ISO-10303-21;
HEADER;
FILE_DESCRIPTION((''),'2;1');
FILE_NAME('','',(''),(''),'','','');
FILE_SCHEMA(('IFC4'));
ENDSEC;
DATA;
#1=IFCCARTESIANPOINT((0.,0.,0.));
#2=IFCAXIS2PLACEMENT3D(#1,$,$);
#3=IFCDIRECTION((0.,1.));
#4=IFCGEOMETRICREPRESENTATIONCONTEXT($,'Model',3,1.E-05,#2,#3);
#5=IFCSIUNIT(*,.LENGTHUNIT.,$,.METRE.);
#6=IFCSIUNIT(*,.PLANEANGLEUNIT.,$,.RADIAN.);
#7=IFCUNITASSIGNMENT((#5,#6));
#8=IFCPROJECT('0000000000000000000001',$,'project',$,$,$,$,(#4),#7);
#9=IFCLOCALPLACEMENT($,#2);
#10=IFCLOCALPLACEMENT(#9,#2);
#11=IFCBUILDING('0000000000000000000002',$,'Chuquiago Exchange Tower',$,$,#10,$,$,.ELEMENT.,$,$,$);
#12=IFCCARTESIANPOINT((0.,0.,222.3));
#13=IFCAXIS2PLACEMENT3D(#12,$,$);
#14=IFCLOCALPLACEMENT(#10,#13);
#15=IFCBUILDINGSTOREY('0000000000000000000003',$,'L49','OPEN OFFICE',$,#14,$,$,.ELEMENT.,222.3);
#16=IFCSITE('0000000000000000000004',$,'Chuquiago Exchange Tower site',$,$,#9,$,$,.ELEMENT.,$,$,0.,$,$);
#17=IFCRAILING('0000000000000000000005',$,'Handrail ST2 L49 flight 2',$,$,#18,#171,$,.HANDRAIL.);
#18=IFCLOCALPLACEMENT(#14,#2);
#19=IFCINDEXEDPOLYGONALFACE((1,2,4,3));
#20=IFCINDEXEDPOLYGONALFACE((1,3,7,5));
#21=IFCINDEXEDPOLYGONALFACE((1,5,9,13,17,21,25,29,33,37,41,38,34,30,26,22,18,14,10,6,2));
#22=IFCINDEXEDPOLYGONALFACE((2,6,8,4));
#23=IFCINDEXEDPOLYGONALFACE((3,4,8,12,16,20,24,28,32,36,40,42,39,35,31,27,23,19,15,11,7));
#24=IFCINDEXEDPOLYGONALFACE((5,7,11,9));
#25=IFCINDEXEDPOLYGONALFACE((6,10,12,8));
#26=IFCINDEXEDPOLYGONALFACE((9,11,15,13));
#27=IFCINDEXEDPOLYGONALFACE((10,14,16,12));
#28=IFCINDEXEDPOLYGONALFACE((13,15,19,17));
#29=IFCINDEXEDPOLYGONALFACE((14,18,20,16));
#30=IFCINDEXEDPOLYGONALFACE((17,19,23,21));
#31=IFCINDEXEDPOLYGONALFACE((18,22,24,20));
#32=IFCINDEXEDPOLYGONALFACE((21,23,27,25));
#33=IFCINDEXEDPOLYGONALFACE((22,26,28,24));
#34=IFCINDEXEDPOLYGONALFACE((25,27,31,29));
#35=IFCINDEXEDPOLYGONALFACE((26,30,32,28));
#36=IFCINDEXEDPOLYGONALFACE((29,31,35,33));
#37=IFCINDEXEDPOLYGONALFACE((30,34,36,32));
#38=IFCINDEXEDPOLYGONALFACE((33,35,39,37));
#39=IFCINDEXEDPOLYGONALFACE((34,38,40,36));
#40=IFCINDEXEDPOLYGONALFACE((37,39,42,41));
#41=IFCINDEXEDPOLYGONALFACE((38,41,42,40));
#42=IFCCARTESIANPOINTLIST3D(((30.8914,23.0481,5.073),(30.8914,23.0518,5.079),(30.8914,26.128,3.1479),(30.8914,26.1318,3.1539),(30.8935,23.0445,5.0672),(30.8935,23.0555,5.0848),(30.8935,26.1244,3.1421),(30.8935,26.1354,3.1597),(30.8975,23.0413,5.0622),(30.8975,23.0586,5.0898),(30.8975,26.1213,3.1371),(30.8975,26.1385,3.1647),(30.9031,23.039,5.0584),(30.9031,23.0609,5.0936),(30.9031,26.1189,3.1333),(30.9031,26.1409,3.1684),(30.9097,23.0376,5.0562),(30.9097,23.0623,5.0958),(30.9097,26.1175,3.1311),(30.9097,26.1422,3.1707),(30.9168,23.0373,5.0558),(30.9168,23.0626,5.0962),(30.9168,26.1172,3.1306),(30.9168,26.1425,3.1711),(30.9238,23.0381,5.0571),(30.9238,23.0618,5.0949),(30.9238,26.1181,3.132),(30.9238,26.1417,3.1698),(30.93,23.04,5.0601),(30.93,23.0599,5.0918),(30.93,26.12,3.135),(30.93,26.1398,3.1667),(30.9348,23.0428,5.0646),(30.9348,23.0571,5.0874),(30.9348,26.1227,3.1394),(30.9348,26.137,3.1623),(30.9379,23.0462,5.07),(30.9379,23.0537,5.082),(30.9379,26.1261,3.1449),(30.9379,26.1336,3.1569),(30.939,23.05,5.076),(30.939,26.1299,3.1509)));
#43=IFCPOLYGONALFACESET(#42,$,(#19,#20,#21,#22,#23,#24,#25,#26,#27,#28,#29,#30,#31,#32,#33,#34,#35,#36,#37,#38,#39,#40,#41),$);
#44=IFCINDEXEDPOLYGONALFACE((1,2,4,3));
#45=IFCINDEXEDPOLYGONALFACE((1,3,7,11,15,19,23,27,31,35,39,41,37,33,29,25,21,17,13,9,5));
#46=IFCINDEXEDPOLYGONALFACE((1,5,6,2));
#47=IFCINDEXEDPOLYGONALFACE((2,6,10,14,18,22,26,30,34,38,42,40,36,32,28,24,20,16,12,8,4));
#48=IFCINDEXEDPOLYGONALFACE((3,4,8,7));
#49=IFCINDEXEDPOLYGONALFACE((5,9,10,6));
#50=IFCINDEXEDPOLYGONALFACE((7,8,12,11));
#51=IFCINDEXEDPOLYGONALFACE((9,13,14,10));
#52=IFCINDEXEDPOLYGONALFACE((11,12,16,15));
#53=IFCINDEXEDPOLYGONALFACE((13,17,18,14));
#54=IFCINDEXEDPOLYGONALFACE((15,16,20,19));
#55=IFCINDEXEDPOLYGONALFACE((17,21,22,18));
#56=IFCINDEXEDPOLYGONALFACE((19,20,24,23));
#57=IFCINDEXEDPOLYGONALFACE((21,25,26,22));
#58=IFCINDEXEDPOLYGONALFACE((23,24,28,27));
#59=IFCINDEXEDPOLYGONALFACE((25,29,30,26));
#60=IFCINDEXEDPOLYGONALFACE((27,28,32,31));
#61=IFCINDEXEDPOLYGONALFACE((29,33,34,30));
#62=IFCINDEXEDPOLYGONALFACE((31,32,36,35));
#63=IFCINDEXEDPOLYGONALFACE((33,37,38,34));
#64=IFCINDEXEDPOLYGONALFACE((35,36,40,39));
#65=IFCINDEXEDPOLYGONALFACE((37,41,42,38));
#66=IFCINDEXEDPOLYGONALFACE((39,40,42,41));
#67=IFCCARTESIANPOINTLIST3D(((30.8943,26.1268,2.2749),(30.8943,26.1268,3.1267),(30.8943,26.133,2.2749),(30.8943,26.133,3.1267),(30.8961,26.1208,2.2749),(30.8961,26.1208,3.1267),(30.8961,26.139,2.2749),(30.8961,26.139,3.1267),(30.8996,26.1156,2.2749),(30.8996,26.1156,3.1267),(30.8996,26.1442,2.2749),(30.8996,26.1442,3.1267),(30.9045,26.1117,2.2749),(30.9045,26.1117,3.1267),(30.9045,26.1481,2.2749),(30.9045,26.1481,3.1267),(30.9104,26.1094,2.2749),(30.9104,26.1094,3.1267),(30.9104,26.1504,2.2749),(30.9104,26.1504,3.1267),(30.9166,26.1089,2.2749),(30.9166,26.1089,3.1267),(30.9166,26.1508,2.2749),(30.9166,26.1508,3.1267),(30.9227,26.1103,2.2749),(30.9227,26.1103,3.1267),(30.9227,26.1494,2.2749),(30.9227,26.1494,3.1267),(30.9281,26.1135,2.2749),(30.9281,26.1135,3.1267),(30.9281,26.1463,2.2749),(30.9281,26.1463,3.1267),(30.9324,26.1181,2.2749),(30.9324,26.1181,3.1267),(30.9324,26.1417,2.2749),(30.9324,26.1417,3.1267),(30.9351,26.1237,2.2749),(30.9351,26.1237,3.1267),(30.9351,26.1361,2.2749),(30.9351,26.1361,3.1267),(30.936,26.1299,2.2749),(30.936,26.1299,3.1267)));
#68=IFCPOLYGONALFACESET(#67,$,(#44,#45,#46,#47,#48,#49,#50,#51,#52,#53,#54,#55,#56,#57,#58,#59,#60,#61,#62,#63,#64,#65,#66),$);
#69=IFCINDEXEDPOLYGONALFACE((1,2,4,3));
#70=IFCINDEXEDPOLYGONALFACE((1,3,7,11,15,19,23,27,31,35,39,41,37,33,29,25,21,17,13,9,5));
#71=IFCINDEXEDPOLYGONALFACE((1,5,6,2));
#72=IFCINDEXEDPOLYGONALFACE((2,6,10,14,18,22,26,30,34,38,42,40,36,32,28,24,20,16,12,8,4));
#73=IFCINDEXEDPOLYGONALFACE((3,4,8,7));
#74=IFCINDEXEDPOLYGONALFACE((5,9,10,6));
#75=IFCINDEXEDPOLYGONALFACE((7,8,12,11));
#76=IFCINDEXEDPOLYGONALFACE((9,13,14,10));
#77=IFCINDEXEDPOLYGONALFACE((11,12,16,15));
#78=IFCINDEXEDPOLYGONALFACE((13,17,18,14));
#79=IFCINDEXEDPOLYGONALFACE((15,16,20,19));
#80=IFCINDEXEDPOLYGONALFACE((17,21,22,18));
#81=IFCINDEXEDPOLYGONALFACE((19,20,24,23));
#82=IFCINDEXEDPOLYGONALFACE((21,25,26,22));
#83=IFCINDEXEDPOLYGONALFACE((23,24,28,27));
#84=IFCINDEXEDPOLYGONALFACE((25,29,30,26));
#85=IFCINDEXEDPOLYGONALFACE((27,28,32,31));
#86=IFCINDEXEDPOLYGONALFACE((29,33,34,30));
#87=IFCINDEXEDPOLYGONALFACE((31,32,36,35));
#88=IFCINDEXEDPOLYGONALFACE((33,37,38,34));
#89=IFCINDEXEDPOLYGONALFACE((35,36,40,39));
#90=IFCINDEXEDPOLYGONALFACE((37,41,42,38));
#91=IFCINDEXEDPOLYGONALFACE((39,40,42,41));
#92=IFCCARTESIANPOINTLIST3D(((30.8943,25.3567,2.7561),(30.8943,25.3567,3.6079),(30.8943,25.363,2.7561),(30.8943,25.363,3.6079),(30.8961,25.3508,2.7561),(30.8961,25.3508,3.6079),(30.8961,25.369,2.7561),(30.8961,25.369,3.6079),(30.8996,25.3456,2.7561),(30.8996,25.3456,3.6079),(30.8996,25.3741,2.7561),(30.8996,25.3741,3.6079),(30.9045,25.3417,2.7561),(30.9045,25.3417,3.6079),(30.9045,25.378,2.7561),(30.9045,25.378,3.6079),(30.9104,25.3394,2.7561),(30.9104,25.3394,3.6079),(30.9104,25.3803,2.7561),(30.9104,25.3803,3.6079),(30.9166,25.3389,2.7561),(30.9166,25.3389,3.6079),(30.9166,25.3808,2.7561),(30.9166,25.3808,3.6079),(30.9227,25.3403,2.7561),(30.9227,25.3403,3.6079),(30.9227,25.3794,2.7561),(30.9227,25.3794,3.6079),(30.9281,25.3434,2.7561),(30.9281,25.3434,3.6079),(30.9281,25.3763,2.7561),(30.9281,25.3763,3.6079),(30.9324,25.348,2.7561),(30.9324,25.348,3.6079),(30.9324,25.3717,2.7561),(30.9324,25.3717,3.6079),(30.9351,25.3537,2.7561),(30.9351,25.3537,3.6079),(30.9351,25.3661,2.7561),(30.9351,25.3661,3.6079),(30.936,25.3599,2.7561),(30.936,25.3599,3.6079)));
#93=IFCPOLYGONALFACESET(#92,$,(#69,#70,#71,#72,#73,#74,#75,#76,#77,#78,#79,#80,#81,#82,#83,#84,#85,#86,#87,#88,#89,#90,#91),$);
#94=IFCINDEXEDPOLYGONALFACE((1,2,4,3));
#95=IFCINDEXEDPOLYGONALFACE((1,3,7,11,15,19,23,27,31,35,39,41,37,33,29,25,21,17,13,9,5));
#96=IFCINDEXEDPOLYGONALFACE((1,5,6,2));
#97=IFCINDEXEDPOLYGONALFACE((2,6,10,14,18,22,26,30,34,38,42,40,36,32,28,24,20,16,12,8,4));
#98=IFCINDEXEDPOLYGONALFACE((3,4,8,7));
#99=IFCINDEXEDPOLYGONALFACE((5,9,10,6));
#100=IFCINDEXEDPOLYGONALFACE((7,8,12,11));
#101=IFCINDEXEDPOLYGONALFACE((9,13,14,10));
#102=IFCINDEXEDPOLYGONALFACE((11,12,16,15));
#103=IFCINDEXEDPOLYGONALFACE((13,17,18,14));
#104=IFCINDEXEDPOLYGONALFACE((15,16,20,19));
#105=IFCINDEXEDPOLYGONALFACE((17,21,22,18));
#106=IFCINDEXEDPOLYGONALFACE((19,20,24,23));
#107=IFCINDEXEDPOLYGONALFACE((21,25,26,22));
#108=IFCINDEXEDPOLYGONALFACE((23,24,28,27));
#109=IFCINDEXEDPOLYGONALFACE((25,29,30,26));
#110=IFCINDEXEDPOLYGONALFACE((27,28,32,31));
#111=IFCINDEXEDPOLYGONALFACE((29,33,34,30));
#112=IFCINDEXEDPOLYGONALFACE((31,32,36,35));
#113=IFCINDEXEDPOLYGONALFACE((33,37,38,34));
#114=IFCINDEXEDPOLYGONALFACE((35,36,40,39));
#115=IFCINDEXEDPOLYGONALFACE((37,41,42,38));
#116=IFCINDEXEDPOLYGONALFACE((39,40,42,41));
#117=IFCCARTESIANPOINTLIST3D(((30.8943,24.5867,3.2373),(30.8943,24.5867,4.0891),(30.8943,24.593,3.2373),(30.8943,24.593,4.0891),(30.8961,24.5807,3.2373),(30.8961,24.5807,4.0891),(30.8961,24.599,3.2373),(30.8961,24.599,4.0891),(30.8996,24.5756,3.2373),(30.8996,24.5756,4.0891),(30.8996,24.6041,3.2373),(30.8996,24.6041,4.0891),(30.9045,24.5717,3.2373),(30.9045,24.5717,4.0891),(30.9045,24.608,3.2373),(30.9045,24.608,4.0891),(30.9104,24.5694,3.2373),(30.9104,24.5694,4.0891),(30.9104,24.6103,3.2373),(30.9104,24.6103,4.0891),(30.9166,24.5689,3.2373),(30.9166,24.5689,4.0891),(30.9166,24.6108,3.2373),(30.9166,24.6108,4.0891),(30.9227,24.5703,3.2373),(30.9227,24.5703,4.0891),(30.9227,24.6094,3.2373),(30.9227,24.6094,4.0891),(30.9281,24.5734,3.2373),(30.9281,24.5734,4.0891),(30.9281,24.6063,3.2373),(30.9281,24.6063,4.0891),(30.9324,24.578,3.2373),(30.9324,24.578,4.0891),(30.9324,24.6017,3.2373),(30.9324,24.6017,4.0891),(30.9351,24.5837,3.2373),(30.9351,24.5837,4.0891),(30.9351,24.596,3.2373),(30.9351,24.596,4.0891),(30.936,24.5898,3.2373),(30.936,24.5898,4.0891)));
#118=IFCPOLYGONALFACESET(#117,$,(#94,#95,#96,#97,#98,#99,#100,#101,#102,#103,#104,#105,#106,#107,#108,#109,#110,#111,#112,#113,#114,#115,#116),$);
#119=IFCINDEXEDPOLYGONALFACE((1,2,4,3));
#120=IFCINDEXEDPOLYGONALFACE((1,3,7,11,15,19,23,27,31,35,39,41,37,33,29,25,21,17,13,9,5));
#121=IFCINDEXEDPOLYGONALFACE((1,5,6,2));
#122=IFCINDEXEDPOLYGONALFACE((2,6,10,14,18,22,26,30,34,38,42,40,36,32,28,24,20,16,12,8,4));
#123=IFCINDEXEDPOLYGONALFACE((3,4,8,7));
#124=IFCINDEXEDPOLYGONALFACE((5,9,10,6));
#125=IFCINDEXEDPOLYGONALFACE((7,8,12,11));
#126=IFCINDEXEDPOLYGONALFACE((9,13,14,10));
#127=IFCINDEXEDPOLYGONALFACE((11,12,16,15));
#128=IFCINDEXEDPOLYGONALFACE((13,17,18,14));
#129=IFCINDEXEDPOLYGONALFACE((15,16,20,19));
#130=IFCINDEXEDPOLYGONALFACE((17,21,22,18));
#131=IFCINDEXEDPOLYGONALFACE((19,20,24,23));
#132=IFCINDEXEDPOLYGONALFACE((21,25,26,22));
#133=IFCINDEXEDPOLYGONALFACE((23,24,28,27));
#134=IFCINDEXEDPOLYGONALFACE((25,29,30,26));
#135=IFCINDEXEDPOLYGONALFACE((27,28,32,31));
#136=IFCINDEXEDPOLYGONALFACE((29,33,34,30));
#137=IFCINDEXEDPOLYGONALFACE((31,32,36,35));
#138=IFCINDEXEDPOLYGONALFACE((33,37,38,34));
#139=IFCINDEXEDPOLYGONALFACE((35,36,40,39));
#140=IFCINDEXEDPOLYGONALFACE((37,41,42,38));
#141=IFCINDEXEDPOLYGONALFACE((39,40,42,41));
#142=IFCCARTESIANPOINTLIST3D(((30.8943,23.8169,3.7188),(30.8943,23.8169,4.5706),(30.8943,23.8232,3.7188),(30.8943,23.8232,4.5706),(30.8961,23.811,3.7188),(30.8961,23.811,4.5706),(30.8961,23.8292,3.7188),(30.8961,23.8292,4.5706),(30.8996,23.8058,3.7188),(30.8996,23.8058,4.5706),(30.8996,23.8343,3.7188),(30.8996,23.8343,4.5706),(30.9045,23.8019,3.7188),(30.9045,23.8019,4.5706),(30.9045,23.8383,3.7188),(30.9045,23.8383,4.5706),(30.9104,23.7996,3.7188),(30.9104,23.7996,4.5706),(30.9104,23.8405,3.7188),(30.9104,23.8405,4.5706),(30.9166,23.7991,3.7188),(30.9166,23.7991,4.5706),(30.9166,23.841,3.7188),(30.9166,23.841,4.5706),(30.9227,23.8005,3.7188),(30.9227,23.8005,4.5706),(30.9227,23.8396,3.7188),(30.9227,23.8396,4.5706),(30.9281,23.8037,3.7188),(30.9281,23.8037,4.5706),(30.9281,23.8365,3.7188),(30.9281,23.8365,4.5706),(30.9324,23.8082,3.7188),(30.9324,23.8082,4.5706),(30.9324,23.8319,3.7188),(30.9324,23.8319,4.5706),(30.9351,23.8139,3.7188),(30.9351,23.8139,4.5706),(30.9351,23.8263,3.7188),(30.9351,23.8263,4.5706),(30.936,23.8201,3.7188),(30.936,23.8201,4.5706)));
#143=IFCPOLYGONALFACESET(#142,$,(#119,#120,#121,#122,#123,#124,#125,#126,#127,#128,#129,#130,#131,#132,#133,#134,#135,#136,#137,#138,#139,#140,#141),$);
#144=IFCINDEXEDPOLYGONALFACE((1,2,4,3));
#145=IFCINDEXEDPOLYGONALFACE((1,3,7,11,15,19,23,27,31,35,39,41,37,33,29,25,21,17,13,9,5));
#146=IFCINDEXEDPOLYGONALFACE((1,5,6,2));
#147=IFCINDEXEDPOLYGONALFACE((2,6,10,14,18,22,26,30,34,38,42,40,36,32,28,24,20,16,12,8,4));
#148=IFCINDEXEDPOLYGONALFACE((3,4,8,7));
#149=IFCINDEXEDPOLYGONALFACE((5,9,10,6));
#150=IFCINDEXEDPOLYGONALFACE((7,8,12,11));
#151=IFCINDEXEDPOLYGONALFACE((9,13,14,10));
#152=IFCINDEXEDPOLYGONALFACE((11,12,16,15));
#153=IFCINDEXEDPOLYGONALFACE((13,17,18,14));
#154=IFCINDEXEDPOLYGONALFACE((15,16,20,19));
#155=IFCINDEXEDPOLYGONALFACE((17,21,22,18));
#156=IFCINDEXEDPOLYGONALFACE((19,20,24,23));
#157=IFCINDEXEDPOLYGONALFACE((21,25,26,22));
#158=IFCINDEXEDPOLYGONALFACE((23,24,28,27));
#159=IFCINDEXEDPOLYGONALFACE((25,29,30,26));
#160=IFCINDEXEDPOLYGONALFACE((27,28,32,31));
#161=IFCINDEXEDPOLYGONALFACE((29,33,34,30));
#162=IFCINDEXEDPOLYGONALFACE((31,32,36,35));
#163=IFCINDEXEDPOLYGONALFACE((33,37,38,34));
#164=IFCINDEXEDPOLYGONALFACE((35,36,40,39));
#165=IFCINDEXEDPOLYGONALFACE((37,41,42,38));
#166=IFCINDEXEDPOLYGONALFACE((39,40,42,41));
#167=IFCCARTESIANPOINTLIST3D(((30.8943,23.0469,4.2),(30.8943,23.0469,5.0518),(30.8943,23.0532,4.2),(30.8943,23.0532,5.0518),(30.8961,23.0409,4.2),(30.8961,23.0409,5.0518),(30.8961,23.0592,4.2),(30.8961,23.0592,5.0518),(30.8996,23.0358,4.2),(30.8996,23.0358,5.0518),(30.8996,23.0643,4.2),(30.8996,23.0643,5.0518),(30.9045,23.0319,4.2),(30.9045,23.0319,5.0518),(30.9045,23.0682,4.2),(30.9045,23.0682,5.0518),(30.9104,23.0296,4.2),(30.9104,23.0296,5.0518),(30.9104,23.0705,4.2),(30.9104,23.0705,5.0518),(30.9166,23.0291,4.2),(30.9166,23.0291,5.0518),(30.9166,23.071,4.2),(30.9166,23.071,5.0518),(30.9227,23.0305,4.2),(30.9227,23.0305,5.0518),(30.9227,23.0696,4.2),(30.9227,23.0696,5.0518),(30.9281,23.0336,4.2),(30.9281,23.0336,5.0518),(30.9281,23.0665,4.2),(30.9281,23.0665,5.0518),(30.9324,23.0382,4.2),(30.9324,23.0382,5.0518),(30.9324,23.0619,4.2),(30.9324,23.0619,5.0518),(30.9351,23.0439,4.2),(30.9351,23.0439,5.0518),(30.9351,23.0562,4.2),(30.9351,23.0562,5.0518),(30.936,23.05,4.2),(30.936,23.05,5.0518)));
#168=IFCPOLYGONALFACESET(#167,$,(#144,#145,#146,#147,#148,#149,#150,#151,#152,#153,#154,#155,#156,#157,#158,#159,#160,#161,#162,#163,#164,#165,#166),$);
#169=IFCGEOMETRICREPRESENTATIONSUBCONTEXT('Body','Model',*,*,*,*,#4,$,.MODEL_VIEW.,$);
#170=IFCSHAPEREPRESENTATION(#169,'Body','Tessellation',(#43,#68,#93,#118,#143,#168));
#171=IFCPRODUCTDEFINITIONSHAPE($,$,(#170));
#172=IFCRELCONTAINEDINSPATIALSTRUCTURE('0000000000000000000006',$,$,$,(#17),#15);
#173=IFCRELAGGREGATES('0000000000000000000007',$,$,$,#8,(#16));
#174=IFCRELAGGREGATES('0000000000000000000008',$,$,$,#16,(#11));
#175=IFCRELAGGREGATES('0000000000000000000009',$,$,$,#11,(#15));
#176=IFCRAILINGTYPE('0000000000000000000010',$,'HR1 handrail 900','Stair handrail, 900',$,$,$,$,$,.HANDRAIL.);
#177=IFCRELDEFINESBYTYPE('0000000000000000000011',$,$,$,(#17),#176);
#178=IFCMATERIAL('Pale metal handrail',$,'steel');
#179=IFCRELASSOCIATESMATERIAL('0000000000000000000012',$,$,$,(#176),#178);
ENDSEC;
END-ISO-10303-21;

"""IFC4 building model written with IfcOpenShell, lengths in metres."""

from ifc_helpers import new_model, si_unit, direction, frame, origin, origin_2d, place, context, subcontext, project, spatial, circle, extrude, material, type_object, element, save


model = new_model("IFC4")

# Units and contexts
model_context = context("Model", 3, precision=1e-05, world=origin(), true_north=direction((0.0, 1.0)))
body_context = subcontext(model_context, "Body", "Model", "MODEL_VIEW")
ifc_project = project(units=[si_unit("LENGTHUNIT", "METRE"), si_unit("PLANEANGLEUNIT", "RADIAN")], contexts=[model_context])

# Site, building, storey
site_placement = place(None, origin())
site = spatial("IfcSite", under=ifc_project, at=site_placement, Name="Chuquiago Exchange Tower site", CompositionType="ELEMENT", RefElevation=0.0)
building_placement = place(site_placement, origin())
building = spatial("IfcBuilding", under=site, at=building_placement, Name="Chuquiago Exchange Tower", CompositionType="ELEMENT")
storey_placement = place(building_placement, frame((0.0, 0.0, 222.3)))
storey = spatial("IfcBuildingStorey", under=building, at=storey_placement, Name="L49", Description="OPEN OFFICE", CompositionType="ELEMENT", Elevation=222.3)

# Railing
ifc_material_1 = material(Name="Pale metal handrail", Category="steel")
railing_type_1 = type_object("IfcRailingType", Name="HR1 handrail 900", Description="Stair handrail, 900", PredefinedType="HANDRAIL", material=ifc_material_1)
railing_1_placement = place(storey_placement, frame((30.915, 26.1299, 2.2749)))
element("IfcRailing", 1, at=railing_1_placement, inside=storey, type_object=railing_type_1, Name="Handrail ST2 L49 flight 2", PredefinedType="HANDRAIL", context=body_context, shape_type="SweptSolid", body=[
    extrude(circle(Radius=0.0239, at=origin_2d()), frame((0.0, 0.0, 0.876), z_axis=(0.0, -0.847979, 0.530029), x_axis=(1.0, 0.0, 0.0)), (0.0, 0.0, 1.0), 3.6321),
    extrude(circle(Radius=0.021, at=origin_2d()), origin(), (0.0, 0.0, 1.0), 0.8518),
    extrude(circle(Radius=0.021, at=origin_2d()), frame((0.0, -0.77, 0.4812)), (0.0, 0.0, 1.0), 0.8518),
    extrude(circle(Radius=0.021, at=origin_2d()), frame((0.0, -1.54, 0.9624)), (0.0, 0.0, 1.0), 0.8518),
    extrude(circle(Radius=0.021, at=origin_2d()), frame((0.0, -2.3098, 1.4438)), (0.0, 0.0, 1.0), 0.8518),
    extrude(circle(Radius=0.021, at=origin_2d()), frame((0.0, -3.0798, 1.925)), (0.0, 0.0, 1.0), 0.8518),
])

save(model, "model.ifc")
